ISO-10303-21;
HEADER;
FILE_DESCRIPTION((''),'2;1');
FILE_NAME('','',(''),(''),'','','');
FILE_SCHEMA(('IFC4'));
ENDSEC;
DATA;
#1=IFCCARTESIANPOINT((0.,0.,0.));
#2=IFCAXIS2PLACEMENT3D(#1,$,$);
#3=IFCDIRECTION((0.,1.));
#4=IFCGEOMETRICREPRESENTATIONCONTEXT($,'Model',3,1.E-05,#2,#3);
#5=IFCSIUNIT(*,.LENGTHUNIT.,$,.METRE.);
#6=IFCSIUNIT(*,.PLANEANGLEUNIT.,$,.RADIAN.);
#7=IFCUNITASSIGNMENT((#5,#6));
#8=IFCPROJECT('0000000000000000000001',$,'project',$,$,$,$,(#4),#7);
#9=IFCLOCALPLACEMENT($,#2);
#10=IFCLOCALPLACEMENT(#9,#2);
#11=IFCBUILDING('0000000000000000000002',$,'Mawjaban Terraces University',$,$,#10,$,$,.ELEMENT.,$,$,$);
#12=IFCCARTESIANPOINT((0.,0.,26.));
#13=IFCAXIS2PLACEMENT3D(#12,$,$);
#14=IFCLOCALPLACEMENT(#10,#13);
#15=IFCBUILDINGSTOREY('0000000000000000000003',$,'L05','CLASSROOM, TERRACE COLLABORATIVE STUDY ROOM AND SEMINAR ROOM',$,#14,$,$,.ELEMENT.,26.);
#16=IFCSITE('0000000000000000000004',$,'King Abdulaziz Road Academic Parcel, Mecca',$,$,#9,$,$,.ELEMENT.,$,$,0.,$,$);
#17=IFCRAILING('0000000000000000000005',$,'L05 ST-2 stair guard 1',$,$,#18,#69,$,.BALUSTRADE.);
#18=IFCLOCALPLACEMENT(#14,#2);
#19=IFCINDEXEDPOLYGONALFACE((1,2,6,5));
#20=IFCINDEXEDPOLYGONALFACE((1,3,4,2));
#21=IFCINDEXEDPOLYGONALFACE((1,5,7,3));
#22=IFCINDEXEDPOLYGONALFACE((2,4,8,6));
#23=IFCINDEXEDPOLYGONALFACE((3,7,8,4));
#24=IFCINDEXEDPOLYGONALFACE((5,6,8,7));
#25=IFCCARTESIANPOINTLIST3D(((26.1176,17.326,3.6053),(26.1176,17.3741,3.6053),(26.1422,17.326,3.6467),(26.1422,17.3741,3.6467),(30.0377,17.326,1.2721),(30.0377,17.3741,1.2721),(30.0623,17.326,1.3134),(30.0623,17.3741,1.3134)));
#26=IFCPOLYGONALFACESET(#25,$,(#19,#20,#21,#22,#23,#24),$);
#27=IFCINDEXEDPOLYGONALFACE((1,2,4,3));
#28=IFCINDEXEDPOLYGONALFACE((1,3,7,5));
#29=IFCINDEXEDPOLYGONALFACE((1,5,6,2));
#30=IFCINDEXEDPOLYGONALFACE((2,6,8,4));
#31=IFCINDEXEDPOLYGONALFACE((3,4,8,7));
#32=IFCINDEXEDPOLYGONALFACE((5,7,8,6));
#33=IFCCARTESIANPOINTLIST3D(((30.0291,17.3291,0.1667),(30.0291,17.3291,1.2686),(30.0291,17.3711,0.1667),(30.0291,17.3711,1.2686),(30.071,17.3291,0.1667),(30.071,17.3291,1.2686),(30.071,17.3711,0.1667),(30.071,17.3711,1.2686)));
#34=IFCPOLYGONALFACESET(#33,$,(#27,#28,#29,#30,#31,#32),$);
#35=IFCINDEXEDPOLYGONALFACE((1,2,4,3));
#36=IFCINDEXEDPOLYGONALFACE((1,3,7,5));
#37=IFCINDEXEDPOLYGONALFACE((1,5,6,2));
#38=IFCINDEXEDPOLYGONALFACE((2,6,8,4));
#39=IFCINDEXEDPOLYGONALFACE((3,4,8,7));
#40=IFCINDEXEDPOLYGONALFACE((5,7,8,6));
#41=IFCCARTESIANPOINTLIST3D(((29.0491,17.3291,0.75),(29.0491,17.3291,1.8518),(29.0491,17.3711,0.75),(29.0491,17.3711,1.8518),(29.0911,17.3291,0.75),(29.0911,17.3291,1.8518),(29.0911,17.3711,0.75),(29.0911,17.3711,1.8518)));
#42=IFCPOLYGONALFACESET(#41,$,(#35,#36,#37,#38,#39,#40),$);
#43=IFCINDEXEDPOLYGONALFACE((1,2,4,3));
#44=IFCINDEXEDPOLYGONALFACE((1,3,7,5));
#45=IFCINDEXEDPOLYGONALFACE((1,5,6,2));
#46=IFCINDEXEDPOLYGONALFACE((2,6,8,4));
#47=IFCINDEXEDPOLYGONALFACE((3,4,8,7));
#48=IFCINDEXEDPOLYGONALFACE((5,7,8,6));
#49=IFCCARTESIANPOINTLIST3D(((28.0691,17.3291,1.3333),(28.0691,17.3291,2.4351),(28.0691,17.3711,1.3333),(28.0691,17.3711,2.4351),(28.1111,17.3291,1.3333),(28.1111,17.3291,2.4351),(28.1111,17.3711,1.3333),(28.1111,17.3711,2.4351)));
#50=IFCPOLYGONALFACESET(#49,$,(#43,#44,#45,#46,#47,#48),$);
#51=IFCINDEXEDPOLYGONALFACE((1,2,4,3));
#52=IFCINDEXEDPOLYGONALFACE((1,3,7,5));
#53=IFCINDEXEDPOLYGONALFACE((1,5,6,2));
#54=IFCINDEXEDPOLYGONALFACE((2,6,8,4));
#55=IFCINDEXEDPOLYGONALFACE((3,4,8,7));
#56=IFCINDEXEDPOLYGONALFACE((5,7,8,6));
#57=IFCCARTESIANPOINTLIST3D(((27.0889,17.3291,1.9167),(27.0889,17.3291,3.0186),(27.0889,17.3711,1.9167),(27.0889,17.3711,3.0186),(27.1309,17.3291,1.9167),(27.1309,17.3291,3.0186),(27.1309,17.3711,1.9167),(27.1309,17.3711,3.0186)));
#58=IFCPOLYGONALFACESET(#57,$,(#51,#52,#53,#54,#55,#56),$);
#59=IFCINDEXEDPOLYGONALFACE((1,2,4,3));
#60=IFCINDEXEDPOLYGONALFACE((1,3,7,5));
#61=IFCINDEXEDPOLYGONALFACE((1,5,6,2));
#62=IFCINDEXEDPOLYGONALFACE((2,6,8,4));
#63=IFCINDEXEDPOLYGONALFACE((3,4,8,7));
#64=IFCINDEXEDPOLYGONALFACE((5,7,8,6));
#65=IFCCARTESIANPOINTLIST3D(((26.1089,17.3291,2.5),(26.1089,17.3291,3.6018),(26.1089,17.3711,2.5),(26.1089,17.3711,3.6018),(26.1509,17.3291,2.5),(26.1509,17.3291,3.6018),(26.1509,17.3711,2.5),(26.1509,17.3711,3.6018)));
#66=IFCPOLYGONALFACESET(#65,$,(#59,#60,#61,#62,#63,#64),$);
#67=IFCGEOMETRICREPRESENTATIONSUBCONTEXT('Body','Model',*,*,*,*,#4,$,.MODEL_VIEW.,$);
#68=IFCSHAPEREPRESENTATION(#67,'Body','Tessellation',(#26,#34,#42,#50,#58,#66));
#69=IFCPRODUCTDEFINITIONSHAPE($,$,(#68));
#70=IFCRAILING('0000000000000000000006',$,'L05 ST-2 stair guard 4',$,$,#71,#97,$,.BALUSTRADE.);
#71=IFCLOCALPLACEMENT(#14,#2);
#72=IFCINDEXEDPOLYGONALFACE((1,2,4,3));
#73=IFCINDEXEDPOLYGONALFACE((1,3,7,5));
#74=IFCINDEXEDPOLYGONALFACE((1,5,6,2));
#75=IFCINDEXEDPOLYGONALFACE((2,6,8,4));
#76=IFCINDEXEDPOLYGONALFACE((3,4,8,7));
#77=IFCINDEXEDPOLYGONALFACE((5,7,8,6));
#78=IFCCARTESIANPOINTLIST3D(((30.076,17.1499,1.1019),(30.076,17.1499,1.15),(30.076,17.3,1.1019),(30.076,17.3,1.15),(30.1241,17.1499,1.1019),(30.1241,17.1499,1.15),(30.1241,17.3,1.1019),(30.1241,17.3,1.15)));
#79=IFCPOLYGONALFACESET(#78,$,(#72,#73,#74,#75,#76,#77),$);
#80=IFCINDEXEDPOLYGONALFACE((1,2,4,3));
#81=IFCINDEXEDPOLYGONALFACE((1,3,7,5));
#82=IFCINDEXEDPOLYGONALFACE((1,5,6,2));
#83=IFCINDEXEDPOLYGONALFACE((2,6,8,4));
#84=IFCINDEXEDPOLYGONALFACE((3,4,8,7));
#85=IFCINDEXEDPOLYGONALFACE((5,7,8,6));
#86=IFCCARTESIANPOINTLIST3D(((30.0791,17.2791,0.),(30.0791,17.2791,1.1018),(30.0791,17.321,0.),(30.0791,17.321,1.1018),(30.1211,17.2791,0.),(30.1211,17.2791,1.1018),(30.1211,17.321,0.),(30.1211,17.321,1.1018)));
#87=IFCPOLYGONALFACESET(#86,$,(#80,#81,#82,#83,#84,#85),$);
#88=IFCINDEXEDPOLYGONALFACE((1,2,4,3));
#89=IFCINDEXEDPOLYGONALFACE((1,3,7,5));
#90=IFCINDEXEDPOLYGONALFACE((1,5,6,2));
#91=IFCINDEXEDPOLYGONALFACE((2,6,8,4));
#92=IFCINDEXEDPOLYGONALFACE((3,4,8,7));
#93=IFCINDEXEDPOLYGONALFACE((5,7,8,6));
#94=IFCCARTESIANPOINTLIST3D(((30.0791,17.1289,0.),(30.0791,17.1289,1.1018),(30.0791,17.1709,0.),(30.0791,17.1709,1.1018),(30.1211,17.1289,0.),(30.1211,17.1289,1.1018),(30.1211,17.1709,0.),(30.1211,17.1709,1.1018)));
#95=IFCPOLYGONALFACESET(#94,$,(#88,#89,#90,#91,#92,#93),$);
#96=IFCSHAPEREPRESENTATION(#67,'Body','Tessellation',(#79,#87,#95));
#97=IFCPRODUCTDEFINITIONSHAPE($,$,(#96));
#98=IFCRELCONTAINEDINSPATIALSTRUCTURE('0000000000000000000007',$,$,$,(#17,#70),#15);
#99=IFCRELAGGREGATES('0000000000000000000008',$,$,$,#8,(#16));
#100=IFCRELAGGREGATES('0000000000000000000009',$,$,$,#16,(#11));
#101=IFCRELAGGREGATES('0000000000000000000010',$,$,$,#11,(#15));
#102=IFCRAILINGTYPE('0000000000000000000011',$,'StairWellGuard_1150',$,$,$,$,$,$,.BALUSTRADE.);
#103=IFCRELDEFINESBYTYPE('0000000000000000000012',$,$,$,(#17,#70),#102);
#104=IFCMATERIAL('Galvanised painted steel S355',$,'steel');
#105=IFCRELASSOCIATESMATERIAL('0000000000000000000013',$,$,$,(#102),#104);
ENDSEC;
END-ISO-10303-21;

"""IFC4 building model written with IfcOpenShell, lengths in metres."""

from ifc_helpers import new_model, si_unit, direction, frame, origin, origin_2d, place, context, subcontext, project, spatial, rectangle, extrude, material, type_object, element, save


model = new_model("IFC4")

# Units and contexts
model_context = context("Model", 3, precision=1e-05, world=origin(), true_north=direction((0.0, 1.0)))
body_context = subcontext(model_context, "Body", "Model", "MODEL_VIEW")
ifc_project = project(units=[si_unit("LENGTHUNIT", "METRE"), si_unit("PLANEANGLEUNIT", "RADIAN")], contexts=[model_context])

# Site, building, storey
site_placement = place(None, origin())
site = spatial("IfcSite", under=ifc_project, at=site_placement, Name="King Abdulaziz Road Academic Parcel, Mecca", CompositionType="ELEMENT", RefElevation=0.0)
building_placement = place(site_placement, origin())
building = spatial("IfcBuilding", under=site, at=building_placement, Name="Mawjaban Terraces University", CompositionType="ELEMENT")
storey_placement = place(building_placement, frame((0.0, 0.0, 26.0)))
storey = spatial("IfcBuildingStorey", under=building, at=storey_placement, Name="L05", Description="CLASSROOM, TERRACE COLLABORATIVE STUDY ROOM AND SEMINAR ROOM", CompositionType="ELEMENT", Elevation=26.0)

# Railings
ifc_material_1 = material(Name="Galvanised painted steel S355", Category="steel")
railing_type_1 = type_object("IfcRailingType", Name="StairWellGuard_1150", PredefinedType="BALUSTRADE", material=ifc_material_1)
railing_1_placement = place(storey_placement, frame((30.05, 17.3501, 0.1667)))
element("IfcRailing", 1, at=railing_1_placement, inside=storey, type_object=railing_type_1, Name="L05 ST-2 stair guard 1", PredefinedType="BALUSTRADE", context=body_context, shape_type="SweptSolid", body=[
    extrude(rectangle(XDim=0.0481, YDim=0.0481, at=origin_2d()), frame((0.0, 0.0, 1.126), z_axis=(-0.85931, 0.0, 0.511455), x_axis=(0.0, -1.0, 0.0)), (0.0, 0.0, 1.0), 4.562),
    extrude(rectangle(XDim=0.042, YDim=0.042, at=origin_2d()), origin(), (0.0, 0.0, 1.0), 1.1018),
    extrude(rectangle(XDim=0.042, YDim=0.042, at=origin_2d()), frame((-0.98, 0.0, 0.5833)), (0.0, 0.0, 1.0), 1.1018),
    extrude(rectangle(XDim=0.042, YDim=0.042, at=origin_2d()), frame((-1.96, 0.0, 1.1665)), (0.0, 0.0, 1.0), 1.1018),
    extrude(rectangle(XDim=0.042, YDim=0.042, at=origin_2d()), frame((-2.9402, 0.0, 1.75)), (0.0, 0.0, 1.0), 1.1018),
    extrude(rectangle(XDim=0.042, YDim=0.042, at=origin_2d()), frame((-3.9202, 0.0, 2.3333)), (0.0, 0.0, 1.0), 1.1018),
])
railing_2_placement = place(storey_placement, frame((30.1001, 17.3, 0.0)))
element("IfcRailing", 2, at=railing_2_placement, inside=storey, type_object=railing_type_1, Name="L05 ST-2 stair guard 4", PredefinedType="BALUSTRADE", context=body_context, shape_type="SweptSolid", body=[
    extrude(rectangle(XDim=0.0481, YDim=0.0481, at=origin_2d()), frame((0.0, 0.0, 1.126), z_axis=(0.0, -1.0, 0.0), x_axis=(1.0, 0.0, 0.0)), (0.0, 0.0, 1.0), 0.1501),
    extrude(rectangle(XDim=0.042, YDim=0.042, at=origin_2d()), origin(), (0.0, 0.0, 1.0), 1.1018),
    extrude(rectangle(XDim=0.042, YDim=0.042, at=origin_2d()), frame((0.0, -0.1501, 0.0)), (0.0, 0.0, 1.0), 1.1018),
])

save(model, "model.ifc")
